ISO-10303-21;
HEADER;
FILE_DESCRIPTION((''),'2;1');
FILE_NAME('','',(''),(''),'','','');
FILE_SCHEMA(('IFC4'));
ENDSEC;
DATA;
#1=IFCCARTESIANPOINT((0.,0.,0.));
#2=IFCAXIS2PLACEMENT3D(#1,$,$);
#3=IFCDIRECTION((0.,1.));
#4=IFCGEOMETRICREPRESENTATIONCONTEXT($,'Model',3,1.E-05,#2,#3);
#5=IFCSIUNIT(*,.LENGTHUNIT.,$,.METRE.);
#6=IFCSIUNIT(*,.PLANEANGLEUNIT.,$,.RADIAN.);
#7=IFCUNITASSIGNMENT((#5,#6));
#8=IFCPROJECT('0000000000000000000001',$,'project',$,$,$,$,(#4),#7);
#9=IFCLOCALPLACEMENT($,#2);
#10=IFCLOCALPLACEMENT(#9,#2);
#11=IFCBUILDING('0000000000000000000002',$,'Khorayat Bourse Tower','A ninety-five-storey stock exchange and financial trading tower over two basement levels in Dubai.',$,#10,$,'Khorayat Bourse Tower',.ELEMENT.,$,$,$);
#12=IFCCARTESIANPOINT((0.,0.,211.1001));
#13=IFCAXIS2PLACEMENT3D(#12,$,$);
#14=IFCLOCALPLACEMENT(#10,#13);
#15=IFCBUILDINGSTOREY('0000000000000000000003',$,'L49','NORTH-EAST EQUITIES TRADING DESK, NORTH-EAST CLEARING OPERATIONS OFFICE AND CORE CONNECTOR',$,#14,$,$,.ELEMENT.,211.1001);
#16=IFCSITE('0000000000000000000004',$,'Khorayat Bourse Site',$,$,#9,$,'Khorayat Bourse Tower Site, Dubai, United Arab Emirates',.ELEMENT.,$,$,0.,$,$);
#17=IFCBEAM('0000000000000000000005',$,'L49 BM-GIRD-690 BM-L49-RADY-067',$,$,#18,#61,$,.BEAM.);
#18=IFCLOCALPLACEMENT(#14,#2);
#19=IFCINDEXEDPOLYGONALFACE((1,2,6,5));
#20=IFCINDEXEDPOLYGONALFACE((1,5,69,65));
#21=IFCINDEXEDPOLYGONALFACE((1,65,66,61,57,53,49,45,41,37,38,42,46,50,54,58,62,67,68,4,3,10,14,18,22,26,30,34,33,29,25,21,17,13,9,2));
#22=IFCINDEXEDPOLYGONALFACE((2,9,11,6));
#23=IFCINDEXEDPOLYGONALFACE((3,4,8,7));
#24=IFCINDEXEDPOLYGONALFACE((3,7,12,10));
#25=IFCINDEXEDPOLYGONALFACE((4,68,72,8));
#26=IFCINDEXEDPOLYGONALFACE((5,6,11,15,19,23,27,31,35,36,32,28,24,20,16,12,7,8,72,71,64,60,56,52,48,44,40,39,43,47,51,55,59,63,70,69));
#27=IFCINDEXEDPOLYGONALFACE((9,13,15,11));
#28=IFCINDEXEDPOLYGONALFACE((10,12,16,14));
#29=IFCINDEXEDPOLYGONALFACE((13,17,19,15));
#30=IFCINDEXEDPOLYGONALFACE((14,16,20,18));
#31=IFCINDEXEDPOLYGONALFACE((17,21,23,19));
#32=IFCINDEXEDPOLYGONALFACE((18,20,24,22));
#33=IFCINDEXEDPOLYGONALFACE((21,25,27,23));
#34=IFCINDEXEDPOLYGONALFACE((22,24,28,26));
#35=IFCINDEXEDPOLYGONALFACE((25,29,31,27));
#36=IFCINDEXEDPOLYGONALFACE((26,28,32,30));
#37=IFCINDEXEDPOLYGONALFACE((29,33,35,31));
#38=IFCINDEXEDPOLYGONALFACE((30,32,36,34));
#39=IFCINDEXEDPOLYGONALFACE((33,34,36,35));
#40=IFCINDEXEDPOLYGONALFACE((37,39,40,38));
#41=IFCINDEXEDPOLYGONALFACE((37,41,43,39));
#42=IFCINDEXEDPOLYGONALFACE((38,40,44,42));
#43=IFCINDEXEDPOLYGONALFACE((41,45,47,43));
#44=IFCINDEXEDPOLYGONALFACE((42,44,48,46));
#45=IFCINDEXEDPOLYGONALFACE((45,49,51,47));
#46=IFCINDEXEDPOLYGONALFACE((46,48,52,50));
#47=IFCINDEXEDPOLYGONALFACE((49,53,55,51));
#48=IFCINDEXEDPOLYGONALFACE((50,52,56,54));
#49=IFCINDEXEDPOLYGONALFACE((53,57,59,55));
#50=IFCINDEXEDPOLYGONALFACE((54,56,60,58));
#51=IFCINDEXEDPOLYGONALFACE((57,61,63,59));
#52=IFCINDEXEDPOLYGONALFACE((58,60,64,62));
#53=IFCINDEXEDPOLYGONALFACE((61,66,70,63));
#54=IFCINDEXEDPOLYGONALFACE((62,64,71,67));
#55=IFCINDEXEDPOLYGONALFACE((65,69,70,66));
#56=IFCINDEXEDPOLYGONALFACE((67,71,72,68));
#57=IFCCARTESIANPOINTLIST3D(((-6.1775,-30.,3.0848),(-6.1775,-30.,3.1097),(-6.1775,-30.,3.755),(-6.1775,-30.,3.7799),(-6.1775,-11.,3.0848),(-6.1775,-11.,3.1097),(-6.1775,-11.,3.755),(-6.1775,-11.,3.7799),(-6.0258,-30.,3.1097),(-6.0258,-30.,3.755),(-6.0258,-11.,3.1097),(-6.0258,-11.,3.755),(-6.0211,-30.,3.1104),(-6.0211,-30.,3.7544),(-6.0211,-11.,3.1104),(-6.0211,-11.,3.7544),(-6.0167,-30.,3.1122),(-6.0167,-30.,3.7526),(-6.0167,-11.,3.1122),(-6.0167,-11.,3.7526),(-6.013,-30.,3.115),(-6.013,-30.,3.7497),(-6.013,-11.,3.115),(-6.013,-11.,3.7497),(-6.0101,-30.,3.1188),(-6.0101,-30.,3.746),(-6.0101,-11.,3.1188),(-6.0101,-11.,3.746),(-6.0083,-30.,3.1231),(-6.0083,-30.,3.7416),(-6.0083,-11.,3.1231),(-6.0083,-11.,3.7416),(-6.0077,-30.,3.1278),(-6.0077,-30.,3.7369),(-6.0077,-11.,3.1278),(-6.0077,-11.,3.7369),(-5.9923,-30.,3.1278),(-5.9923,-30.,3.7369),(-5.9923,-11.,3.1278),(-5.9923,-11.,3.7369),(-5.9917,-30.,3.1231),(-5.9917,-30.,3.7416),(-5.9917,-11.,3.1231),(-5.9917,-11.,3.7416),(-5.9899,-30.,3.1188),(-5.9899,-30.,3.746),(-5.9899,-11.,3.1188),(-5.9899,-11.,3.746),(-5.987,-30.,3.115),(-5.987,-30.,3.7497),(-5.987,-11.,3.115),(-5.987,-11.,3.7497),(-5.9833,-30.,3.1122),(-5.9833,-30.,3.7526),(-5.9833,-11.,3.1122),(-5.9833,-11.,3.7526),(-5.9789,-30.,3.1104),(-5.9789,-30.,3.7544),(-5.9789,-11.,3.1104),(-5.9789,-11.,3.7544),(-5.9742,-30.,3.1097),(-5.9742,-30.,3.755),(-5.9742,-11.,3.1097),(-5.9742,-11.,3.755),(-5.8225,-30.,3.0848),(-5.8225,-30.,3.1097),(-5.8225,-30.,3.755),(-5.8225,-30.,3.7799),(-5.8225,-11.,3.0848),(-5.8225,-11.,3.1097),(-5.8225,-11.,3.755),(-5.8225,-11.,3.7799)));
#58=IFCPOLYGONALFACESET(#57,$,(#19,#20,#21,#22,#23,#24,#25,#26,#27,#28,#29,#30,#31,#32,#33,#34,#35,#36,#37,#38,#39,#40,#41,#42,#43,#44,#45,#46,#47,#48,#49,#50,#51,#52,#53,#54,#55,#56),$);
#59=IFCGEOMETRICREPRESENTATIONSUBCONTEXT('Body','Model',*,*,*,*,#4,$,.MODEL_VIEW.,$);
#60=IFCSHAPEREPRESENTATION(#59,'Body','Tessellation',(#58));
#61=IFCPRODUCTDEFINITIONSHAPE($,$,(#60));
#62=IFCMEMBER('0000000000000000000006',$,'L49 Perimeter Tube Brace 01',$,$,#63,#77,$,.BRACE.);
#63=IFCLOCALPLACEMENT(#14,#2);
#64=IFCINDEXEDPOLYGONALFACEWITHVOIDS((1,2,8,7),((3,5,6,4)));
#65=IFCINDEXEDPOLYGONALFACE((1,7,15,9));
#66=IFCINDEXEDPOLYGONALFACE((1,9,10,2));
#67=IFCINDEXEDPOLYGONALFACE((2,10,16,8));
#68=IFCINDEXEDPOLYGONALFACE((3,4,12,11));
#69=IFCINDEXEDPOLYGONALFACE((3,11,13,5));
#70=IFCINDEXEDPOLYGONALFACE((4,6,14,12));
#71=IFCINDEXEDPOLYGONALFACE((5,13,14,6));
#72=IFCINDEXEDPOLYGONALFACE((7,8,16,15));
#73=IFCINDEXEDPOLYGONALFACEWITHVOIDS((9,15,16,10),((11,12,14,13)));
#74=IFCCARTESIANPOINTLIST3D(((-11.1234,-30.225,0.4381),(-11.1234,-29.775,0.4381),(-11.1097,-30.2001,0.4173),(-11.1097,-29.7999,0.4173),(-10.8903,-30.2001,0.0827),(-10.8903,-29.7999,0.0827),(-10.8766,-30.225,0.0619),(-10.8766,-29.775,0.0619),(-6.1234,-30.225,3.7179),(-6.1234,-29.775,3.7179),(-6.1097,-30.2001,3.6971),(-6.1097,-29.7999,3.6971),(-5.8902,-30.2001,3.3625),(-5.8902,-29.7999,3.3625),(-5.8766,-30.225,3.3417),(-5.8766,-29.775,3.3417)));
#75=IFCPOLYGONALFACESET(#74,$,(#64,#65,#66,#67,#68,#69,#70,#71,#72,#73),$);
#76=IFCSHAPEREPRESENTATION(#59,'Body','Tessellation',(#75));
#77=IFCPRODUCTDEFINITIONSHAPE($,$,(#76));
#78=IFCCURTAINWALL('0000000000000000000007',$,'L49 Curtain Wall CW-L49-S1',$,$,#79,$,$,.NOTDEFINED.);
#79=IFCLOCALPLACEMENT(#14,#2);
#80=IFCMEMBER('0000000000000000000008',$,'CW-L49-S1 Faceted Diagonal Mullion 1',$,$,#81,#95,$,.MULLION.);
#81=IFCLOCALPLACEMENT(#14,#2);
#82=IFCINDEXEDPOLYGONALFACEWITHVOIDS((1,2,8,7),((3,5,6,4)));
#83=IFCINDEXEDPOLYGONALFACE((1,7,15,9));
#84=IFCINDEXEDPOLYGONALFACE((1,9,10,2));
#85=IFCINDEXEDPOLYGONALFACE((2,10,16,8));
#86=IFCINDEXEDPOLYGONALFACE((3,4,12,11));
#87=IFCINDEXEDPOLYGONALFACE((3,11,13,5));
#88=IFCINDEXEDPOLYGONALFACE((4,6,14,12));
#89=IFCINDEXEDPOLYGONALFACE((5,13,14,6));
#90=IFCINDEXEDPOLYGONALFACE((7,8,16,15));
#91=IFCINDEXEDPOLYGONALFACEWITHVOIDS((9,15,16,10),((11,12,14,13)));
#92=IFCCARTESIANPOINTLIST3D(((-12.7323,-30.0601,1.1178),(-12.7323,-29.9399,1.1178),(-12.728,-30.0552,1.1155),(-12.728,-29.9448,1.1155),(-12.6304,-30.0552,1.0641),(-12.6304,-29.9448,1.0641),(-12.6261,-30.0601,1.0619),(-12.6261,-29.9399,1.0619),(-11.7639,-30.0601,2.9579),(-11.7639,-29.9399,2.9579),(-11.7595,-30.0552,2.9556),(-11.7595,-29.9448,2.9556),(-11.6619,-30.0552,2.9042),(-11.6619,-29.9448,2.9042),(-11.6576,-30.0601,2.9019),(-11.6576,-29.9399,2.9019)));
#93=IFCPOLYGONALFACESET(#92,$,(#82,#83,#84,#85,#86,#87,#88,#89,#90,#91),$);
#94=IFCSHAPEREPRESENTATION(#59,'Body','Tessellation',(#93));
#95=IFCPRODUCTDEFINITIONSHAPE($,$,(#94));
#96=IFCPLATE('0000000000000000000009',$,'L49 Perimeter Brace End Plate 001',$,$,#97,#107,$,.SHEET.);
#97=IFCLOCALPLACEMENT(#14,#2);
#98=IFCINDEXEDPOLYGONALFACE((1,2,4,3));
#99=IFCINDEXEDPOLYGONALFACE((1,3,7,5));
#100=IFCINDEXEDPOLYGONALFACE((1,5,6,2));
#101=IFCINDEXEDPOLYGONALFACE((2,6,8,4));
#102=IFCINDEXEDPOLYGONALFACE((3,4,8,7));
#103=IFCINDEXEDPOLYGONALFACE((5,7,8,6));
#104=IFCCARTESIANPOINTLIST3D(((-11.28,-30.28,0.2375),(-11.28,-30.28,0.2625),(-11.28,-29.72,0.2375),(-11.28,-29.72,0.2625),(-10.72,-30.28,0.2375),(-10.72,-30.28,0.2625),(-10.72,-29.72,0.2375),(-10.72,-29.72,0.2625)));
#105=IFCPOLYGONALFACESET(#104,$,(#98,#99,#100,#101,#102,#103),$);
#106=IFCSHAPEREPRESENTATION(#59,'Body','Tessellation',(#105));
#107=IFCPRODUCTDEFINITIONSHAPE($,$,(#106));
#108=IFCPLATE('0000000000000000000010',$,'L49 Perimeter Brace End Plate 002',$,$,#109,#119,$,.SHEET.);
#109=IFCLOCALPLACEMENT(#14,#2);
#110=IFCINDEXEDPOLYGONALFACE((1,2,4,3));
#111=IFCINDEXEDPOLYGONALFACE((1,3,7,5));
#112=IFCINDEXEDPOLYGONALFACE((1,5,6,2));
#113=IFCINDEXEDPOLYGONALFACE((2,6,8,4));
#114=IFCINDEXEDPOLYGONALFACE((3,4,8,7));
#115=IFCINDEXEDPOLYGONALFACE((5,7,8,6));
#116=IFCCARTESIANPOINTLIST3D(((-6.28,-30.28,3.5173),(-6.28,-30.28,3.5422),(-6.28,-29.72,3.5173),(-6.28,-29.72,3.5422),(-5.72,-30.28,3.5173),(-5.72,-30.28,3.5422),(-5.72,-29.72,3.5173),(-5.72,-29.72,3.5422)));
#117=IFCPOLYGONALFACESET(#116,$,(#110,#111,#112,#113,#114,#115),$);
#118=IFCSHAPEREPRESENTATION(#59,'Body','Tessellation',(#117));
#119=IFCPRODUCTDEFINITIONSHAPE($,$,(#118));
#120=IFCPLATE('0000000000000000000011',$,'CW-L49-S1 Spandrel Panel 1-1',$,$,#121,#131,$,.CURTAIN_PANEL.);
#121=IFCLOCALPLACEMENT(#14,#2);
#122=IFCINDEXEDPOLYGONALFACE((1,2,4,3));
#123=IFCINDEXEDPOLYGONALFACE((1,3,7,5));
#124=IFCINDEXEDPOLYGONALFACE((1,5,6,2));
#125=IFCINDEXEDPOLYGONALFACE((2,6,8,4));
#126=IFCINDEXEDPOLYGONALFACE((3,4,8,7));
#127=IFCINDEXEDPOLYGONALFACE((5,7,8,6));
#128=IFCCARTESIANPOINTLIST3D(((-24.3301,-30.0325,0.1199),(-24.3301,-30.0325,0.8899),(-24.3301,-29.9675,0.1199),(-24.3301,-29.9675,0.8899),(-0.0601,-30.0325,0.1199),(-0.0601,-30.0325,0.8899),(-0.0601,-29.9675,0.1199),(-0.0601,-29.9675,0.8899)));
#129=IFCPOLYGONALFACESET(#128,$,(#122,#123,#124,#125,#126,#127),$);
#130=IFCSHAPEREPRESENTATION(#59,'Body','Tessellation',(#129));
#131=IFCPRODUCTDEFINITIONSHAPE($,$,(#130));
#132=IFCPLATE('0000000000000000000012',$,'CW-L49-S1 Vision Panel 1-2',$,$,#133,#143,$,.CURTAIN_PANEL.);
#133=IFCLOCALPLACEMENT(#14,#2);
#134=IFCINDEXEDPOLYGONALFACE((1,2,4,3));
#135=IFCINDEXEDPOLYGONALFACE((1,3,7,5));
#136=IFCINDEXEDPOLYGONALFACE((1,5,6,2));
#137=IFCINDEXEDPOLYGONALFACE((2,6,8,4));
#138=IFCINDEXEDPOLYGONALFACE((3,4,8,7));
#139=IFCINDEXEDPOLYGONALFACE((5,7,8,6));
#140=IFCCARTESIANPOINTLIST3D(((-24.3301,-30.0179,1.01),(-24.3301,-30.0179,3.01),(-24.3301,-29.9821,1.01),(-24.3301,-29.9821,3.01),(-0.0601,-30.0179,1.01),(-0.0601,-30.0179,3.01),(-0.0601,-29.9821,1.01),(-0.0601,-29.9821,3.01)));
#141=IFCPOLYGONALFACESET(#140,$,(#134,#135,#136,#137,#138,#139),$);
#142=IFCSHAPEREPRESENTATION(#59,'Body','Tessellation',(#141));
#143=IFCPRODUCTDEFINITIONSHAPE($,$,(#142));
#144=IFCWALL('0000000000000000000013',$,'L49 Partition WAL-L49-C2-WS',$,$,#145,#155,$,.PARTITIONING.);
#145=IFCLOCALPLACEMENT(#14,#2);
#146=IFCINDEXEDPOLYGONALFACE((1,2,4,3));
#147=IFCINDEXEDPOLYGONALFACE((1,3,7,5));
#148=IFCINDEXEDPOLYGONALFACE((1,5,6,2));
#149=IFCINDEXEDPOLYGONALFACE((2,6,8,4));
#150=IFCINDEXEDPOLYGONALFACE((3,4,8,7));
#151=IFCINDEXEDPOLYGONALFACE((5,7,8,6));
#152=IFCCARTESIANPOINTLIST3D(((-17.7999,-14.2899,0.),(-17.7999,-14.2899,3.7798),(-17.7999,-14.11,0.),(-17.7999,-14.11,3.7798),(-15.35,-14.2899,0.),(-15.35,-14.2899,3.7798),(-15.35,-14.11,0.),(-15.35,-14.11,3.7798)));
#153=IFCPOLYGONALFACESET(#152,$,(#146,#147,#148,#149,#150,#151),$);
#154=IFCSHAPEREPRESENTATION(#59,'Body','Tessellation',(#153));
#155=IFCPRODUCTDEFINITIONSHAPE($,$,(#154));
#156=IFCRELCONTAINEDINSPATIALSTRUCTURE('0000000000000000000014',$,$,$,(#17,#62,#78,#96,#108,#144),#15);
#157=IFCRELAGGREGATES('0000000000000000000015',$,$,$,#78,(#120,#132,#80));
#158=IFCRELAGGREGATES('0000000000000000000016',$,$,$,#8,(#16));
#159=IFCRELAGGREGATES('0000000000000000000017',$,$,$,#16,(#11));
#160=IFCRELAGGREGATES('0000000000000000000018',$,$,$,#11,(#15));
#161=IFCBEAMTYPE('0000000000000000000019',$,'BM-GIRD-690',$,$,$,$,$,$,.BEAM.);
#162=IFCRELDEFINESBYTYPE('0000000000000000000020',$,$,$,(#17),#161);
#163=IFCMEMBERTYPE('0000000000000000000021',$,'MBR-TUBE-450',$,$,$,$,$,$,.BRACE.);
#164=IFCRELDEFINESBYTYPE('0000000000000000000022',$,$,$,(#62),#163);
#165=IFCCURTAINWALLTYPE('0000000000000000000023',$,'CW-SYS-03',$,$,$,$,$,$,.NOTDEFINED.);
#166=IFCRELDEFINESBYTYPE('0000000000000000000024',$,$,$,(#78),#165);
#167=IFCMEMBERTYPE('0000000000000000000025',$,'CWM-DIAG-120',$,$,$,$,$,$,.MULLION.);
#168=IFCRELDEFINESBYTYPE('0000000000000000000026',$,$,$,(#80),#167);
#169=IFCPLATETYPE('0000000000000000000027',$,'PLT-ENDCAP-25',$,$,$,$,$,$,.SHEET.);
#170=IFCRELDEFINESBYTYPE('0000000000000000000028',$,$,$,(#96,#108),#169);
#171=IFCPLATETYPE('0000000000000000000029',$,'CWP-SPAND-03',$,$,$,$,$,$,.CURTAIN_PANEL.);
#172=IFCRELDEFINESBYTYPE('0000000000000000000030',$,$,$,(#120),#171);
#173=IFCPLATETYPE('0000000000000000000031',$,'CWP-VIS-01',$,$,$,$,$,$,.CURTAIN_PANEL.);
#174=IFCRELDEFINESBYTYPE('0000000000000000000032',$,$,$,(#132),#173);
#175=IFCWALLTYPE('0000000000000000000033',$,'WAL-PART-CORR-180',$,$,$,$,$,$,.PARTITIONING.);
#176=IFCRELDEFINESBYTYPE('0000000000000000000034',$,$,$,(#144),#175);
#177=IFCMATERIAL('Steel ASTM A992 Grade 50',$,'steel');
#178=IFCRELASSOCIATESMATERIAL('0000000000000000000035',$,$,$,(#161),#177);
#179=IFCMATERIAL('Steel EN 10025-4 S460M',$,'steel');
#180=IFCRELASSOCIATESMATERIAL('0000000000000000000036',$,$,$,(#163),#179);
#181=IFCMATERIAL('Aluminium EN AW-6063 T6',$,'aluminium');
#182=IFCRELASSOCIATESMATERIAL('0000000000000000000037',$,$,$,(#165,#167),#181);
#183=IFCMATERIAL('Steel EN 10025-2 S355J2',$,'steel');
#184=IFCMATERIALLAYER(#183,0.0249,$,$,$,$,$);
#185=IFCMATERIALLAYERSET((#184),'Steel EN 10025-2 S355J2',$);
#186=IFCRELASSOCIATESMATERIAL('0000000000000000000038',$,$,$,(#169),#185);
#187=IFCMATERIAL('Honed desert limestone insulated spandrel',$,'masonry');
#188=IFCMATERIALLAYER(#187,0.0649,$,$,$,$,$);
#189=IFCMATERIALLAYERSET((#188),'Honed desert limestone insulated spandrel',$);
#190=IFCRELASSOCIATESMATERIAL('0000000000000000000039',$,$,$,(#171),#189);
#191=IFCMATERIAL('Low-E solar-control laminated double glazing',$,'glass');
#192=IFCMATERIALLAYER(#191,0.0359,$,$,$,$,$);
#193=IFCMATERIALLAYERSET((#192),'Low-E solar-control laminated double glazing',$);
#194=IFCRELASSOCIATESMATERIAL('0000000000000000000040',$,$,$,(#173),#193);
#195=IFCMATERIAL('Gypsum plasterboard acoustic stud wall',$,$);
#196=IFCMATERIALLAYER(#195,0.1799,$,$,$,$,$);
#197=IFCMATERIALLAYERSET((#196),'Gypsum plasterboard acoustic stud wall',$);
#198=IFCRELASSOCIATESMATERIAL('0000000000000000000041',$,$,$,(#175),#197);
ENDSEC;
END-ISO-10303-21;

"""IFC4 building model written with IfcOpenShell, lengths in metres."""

from ifc_helpers import new_model, si_unit, direction, frame, frame_2d, origin, origin_2d, place, context, subcontext, project, spatial, rectangle, hollow_rectangle, i_section, extrude, source, transform, mapped, material, layer, layer_set, material_profile, profile_set, type_object, element, aggregate, save


model = new_model("IFC4")

# Units and contexts
model_context = context("Model", 3, precision=1e-05, world=origin(), true_north=direction((0.0, 1.0)))
body_context = subcontext(model_context, "Body", "Model", "MODEL_VIEW")
ifc_project = project(units=[si_unit("LENGTHUNIT", "METRE"), si_unit("PLANEANGLEUNIT", "RADIAN")], contexts=[model_context])

# Site, building, storey
site_placement = place(None, origin())
site = spatial("IfcSite", under=ifc_project, at=site_placement, Name="Khorayat Bourse Site", LongName="Khorayat Bourse Tower Site, Dubai, United Arab Emirates", CompositionType="ELEMENT", RefElevation=0.0)
building_placement = place(site_placement, origin())
building = spatial("IfcBuilding", under=site, at=building_placement, Name="Khorayat Bourse Tower", Description="A ninety-five-storey stock exchange and financial trading tower over two basement levels in Dubai.", LongName="Khorayat Bourse Tower", CompositionType="ELEMENT")
storey_placement = place(building_placement, frame((0.0, 0.0, 211.1001)))
storey = spatial("IfcBuildingStorey", under=building, at=storey_placement, Name="L49", Description="NORTH-EAST EQUITIES TRADING DESK, NORTH-EAST CLEARING OPERATIONS OFFICE AND CORE CONNECTOR", CompositionType="ELEMENT", Elevation=211.1001)

# Shared definitions
ifc_material_1 = material(Name="Steel EN 10025-4 S460M", Category="steel")

# Beam
ifc_material_2 = material(Name="Steel ASTM A992 Grade 50", Category="steel")
ifc_material_profile_1 = material_profile(ifc_material_2, i_section(OverallWidth=0.355, OverallDepth=0.6951, WebThickness=0.0154, FlangeThickness=0.0249, FilletRadius=0.0181, at=origin_2d()), Name="W690X217")
ifc_profile_set_1 = profile_set([ifc_material_profile_1], Name="Steel ASTM A992 Grade 50")
beam_type_1 = type_object("IfcBeamType", Name="BM-GIRD-690", PredefinedType="BEAM", material=ifc_profile_set_1)
shared_shape_1 = source(origin(), body_context, "Body", "SweptSolid", [
    extrude(i_section(OverallWidth=0.355, OverallDepth=0.6951, WebThickness=0.0154, FlangeThickness=0.0249, FilletRadius=0.0181, at=origin_2d()), origin(), (0.0, 0.0, 1.0), 19.0),
])
for number, where, z_axis, x_axis, name in (
    (1, (-6.0, -30.0, 3.4324), (0.0, 1.0, 0.0), (-1.0, 0.0, 0.0), "L49 BM-GIRD-690 BM-L49-RADY-067"),
):
    element("IfcBeam", number, at=place(storey_placement, frame(where, z_axis=z_axis, x_axis=x_axis)), inside=storey, type_object=beam_type_1, Name=name, PredefinedType="BEAM", context=body_context, shape_type="MappedRepresentation", body=[
        mapped(shared_shape_1, transform((0.0, 0.0, 0.0), scale=1.0)),
    ])

# Member
ifc_material_profile_2 = material_profile(ifc_material_1, hollow_rectangle(XDim=0.45, YDim=0.45, WallThickness=0.0249, at=origin_2d()), Name="HSS 450x450x25")
ifc_profile_set_2 = profile_set([ifc_material_profile_2], Name="Steel EN 10025-4 S460M")
member_type_1 = type_object("IfcMemberType", Name="MBR-TUBE-450", PredefinedType="BRACE", material=ifc_profile_set_2)
shared_shape_2 = source(origin(), body_context, "Body", "SweptSolid", [
    extrude(hollow_rectangle(XDim=0.45, YDim=0.45, WallThickness=0.0249, at=origin_2d()), origin(), (0.0, 0.0, 1.0), 5.9797),
])
member_1_placement = place(storey_placement, frame((-11.0, -30.0, 0.25), z_axis=(0.83616, 0.0, 0.548485), x_axis=(0.0, 1.0, 0.0)))
element("IfcMember", 2, at=member_1_placement, inside=storey, type_object=member_type_1, Name="L49 Perimeter Tube Brace 01", PredefinedType="BRACE", context=body_context, shape_type="MappedRepresentation", body=[
    mapped(shared_shape_2, transform((0.0, 0.0, 0.0), scale=1.0)),
])

# Curtain wall, member
ifc_material_3 = material(Name="Aluminium EN AW-6063 T6", Category="aluminium")
curtain_wall_type = type_object("IfcCurtainWallType", Name="CW-SYS-03", PredefinedType="NOTDEFINED", material=ifc_material_3)
curtain_wall_placement = place(storey_placement, origin())
curtain_wall = element("IfcCurtainWall", 3, at=curtain_wall_placement, inside=storey, type_object=curtain_wall_type, Name="L49 Curtain Wall CW-L49-S1", PredefinedType="NOTDEFINED")
ifc_material_profile_3 = material_profile(ifc_material_3, hollow_rectangle(XDim=0.1201, YDim=0.1201, WallThickness=0.0049, at=origin_2d()), Name="ALU 120x120x5")
ifc_profile_set_3 = profile_set([ifc_material_profile_3], Name="Aluminium EN AW-6063 T6")
member_type_2 = type_object("IfcMemberType", Name="CWM-DIAG-120", PredefinedType="MULLION", material=ifc_profile_set_3)
shared_shape_3 = source(origin(), body_context, "Body", "SweptSolid", [
    extrude(hollow_rectangle(XDim=0.1201, YDim=0.1201, WallThickness=0.0049, at=origin_2d()), origin(), (0.0, 0.0, 1.0), 2.0793),
])
member_2_placement = place(storey_placement, frame((-12.6792, -30.0, 1.0898), z_axis=(0.465761, 0.0, 0.884911), x_axis=(0.0, 1.0, 0.0)))
member_2 = element("IfcMember", 4, at=member_2_placement, type_object=member_type_2, Name="CW-L49-S1 Faceted Diagonal Mullion 1", PredefinedType="MULLION", context=body_context, shape_type="MappedRepresentation", body=[
    mapped(shared_shape_3, transform((0.0, 0.0, 0.0), scale=1.0)),
])

# Plates
ifc_material_4 = material(Name="Steel EN 10025-2 S355J2", Category="steel")
ifc_layer_1 = layer(ifc_material_4, 0.0249)
ifc_layer_set_1 = layer_set([ifc_layer_1], Name="Steel EN 10025-2 S355J2")
plate_type_1 = type_object("IfcPlateType", Name="PLT-ENDCAP-25", PredefinedType="SHEET", material=ifc_layer_set_1)
shared_shape_4 = source(origin(), body_context, "Body", "SweptSolid", [
    extrude(rectangle(XDim=0.5601, YDim=0.5601, at=origin_2d()), origin(), (0.0, 0.0, 1.0), 0.0249),
])
for number, where, z_axis, x_axis, name in (
    (5, (-11.0, -30.0, 0.2375), (0.0, 0.0, 1.0), (1.0, 0.0, 0.0), "L49 Perimeter Brace End Plate 001"),
    (6, (-6.0, -30.0, 3.5173), (0.0, 0.0, 1.0), (1.0, 0.0, 0.0), "L49 Perimeter Brace End Plate 002"),
):
    element("IfcPlate", number, at=place(storey_placement, frame(where, z_axis=z_axis, x_axis=x_axis)), inside=storey, type_object=plate_type_1, Name=name, PredefinedType="SHEET", context=body_context, shape_type="MappedRepresentation", body=[
        mapped(shared_shape_4, transform((0.0, 0.0, 0.0), scale=1.0)),
    ])

# Plates
ifc_material_5 = material(Name="Honed desert limestone insulated spandrel", Category="masonry")
ifc_layer_2 = layer(ifc_material_5, 0.0649)
ifc_layer_set_2 = layer_set([ifc_layer_2], Name="Honed desert limestone insulated spandrel")
plate_type_2 = type_object("IfcPlateType", Name="CWP-SPAND-03", PredefinedType="CURTAIN_PANEL", material=ifc_layer_set_2)
shared_shape_5 = source(origin(), body_context, "Body", "SweptSolid", [
    extrude(rectangle(XDim=24.27, YDim=0.0649, at=origin_2d()), origin(), (0.0, 0.0, 1.0), 0.77),
])
plate_1_placement = place(storey_placement, frame((-12.1951, -30.0, 0.1199), z_axis=(0.0, 0.0, 1.0), x_axis=(1.0, 0.0, 0.0)))
plate_1 = element("IfcPlate", 7, at=plate_1_placement, type_object=plate_type_2, Name="CW-L49-S1 Spandrel Panel 1-1", PredefinedType="CURTAIN_PANEL", context=body_context, shape_type="MappedRepresentation", body=[
    mapped(shared_shape_5, transform((0.0, 0.0, 0.0), scale=1.0)),
])
ifc_material_6 = material(Name="Low-E solar-control laminated double glazing", Category="glass")
ifc_layer_3 = layer(ifc_material_6, 0.0359)
ifc_layer_set_3 = layer_set([ifc_layer_3], Name="Low-E solar-control laminated double glazing")
plate_type_3 = type_object("IfcPlateType", Name="CWP-VIS-01", PredefinedType="CURTAIN_PANEL", material=ifc_layer_set_3)
shared_shape_6 = source(origin(), body_context, "Body", "SweptSolid", [
    extrude(rectangle(XDim=24.27, YDim=0.0359, at=origin_2d()), origin(), (0.0, 0.0, 1.0), 2.0),
])
plate_2_placement = place(storey_placement, frame((-12.1951, -30.0, 1.01), z_axis=(0.0, 0.0, 1.0), x_axis=(1.0, 0.0, 0.0)))
plate_2 = element("IfcPlate", 8, at=plate_2_placement, type_object=plate_type_3, Name="CW-L49-S1 Vision Panel 1-2", PredefinedType="CURTAIN_PANEL", context=body_context, shape_type="MappedRepresentation", body=[
    mapped(shared_shape_6, transform((0.0, 0.0, 0.0), scale=1.0)),
])
aggregate(curtain_wall, [plate_1, plate_2, member_2])

# Wall
ifc_material_7 = material(Name="Gypsum plasterboard acoustic stud wall")
ifc_layer_4 = layer(ifc_material_7, 0.1799)
ifc_layer_set_4 = layer_set([ifc_layer_4], Name="Gypsum plasterboard acoustic stud wall")
wall_type_1 = type_object("IfcWallType", Name="WAL-PART-CORR-180", PredefinedType="PARTITIONING", material=ifc_layer_set_4)
shared_shape_7 = source(origin(), body_context, "Body", "SweptSolid", [
    extrude(rectangle(XDim=2.45, YDim=0.1799, at=frame_2d((1.2251, 0.0))), origin(), (0.0, 0.0, 1.0), 3.7798),
])
wall_1_placement = place(storey_placement, frame((-17.8, -14.2, 0.0), z_axis=(0.0, 0.0, 1.0), x_axis=(1.0, 0.0, 0.0)))
element("IfcWall", 9, at=wall_1_placement, inside=storey, type_object=wall_type_1, Name="L49 Partition WAL-L49-C2-WS", PredefinedType="PARTITIONING", context=body_context, shape_type="MappedRepresentation", body=[
    mapped(shared_shape_7, transform((0.0, 0.0, 0.0), scale=1.0)),
])

save(model, "model.ifc")
